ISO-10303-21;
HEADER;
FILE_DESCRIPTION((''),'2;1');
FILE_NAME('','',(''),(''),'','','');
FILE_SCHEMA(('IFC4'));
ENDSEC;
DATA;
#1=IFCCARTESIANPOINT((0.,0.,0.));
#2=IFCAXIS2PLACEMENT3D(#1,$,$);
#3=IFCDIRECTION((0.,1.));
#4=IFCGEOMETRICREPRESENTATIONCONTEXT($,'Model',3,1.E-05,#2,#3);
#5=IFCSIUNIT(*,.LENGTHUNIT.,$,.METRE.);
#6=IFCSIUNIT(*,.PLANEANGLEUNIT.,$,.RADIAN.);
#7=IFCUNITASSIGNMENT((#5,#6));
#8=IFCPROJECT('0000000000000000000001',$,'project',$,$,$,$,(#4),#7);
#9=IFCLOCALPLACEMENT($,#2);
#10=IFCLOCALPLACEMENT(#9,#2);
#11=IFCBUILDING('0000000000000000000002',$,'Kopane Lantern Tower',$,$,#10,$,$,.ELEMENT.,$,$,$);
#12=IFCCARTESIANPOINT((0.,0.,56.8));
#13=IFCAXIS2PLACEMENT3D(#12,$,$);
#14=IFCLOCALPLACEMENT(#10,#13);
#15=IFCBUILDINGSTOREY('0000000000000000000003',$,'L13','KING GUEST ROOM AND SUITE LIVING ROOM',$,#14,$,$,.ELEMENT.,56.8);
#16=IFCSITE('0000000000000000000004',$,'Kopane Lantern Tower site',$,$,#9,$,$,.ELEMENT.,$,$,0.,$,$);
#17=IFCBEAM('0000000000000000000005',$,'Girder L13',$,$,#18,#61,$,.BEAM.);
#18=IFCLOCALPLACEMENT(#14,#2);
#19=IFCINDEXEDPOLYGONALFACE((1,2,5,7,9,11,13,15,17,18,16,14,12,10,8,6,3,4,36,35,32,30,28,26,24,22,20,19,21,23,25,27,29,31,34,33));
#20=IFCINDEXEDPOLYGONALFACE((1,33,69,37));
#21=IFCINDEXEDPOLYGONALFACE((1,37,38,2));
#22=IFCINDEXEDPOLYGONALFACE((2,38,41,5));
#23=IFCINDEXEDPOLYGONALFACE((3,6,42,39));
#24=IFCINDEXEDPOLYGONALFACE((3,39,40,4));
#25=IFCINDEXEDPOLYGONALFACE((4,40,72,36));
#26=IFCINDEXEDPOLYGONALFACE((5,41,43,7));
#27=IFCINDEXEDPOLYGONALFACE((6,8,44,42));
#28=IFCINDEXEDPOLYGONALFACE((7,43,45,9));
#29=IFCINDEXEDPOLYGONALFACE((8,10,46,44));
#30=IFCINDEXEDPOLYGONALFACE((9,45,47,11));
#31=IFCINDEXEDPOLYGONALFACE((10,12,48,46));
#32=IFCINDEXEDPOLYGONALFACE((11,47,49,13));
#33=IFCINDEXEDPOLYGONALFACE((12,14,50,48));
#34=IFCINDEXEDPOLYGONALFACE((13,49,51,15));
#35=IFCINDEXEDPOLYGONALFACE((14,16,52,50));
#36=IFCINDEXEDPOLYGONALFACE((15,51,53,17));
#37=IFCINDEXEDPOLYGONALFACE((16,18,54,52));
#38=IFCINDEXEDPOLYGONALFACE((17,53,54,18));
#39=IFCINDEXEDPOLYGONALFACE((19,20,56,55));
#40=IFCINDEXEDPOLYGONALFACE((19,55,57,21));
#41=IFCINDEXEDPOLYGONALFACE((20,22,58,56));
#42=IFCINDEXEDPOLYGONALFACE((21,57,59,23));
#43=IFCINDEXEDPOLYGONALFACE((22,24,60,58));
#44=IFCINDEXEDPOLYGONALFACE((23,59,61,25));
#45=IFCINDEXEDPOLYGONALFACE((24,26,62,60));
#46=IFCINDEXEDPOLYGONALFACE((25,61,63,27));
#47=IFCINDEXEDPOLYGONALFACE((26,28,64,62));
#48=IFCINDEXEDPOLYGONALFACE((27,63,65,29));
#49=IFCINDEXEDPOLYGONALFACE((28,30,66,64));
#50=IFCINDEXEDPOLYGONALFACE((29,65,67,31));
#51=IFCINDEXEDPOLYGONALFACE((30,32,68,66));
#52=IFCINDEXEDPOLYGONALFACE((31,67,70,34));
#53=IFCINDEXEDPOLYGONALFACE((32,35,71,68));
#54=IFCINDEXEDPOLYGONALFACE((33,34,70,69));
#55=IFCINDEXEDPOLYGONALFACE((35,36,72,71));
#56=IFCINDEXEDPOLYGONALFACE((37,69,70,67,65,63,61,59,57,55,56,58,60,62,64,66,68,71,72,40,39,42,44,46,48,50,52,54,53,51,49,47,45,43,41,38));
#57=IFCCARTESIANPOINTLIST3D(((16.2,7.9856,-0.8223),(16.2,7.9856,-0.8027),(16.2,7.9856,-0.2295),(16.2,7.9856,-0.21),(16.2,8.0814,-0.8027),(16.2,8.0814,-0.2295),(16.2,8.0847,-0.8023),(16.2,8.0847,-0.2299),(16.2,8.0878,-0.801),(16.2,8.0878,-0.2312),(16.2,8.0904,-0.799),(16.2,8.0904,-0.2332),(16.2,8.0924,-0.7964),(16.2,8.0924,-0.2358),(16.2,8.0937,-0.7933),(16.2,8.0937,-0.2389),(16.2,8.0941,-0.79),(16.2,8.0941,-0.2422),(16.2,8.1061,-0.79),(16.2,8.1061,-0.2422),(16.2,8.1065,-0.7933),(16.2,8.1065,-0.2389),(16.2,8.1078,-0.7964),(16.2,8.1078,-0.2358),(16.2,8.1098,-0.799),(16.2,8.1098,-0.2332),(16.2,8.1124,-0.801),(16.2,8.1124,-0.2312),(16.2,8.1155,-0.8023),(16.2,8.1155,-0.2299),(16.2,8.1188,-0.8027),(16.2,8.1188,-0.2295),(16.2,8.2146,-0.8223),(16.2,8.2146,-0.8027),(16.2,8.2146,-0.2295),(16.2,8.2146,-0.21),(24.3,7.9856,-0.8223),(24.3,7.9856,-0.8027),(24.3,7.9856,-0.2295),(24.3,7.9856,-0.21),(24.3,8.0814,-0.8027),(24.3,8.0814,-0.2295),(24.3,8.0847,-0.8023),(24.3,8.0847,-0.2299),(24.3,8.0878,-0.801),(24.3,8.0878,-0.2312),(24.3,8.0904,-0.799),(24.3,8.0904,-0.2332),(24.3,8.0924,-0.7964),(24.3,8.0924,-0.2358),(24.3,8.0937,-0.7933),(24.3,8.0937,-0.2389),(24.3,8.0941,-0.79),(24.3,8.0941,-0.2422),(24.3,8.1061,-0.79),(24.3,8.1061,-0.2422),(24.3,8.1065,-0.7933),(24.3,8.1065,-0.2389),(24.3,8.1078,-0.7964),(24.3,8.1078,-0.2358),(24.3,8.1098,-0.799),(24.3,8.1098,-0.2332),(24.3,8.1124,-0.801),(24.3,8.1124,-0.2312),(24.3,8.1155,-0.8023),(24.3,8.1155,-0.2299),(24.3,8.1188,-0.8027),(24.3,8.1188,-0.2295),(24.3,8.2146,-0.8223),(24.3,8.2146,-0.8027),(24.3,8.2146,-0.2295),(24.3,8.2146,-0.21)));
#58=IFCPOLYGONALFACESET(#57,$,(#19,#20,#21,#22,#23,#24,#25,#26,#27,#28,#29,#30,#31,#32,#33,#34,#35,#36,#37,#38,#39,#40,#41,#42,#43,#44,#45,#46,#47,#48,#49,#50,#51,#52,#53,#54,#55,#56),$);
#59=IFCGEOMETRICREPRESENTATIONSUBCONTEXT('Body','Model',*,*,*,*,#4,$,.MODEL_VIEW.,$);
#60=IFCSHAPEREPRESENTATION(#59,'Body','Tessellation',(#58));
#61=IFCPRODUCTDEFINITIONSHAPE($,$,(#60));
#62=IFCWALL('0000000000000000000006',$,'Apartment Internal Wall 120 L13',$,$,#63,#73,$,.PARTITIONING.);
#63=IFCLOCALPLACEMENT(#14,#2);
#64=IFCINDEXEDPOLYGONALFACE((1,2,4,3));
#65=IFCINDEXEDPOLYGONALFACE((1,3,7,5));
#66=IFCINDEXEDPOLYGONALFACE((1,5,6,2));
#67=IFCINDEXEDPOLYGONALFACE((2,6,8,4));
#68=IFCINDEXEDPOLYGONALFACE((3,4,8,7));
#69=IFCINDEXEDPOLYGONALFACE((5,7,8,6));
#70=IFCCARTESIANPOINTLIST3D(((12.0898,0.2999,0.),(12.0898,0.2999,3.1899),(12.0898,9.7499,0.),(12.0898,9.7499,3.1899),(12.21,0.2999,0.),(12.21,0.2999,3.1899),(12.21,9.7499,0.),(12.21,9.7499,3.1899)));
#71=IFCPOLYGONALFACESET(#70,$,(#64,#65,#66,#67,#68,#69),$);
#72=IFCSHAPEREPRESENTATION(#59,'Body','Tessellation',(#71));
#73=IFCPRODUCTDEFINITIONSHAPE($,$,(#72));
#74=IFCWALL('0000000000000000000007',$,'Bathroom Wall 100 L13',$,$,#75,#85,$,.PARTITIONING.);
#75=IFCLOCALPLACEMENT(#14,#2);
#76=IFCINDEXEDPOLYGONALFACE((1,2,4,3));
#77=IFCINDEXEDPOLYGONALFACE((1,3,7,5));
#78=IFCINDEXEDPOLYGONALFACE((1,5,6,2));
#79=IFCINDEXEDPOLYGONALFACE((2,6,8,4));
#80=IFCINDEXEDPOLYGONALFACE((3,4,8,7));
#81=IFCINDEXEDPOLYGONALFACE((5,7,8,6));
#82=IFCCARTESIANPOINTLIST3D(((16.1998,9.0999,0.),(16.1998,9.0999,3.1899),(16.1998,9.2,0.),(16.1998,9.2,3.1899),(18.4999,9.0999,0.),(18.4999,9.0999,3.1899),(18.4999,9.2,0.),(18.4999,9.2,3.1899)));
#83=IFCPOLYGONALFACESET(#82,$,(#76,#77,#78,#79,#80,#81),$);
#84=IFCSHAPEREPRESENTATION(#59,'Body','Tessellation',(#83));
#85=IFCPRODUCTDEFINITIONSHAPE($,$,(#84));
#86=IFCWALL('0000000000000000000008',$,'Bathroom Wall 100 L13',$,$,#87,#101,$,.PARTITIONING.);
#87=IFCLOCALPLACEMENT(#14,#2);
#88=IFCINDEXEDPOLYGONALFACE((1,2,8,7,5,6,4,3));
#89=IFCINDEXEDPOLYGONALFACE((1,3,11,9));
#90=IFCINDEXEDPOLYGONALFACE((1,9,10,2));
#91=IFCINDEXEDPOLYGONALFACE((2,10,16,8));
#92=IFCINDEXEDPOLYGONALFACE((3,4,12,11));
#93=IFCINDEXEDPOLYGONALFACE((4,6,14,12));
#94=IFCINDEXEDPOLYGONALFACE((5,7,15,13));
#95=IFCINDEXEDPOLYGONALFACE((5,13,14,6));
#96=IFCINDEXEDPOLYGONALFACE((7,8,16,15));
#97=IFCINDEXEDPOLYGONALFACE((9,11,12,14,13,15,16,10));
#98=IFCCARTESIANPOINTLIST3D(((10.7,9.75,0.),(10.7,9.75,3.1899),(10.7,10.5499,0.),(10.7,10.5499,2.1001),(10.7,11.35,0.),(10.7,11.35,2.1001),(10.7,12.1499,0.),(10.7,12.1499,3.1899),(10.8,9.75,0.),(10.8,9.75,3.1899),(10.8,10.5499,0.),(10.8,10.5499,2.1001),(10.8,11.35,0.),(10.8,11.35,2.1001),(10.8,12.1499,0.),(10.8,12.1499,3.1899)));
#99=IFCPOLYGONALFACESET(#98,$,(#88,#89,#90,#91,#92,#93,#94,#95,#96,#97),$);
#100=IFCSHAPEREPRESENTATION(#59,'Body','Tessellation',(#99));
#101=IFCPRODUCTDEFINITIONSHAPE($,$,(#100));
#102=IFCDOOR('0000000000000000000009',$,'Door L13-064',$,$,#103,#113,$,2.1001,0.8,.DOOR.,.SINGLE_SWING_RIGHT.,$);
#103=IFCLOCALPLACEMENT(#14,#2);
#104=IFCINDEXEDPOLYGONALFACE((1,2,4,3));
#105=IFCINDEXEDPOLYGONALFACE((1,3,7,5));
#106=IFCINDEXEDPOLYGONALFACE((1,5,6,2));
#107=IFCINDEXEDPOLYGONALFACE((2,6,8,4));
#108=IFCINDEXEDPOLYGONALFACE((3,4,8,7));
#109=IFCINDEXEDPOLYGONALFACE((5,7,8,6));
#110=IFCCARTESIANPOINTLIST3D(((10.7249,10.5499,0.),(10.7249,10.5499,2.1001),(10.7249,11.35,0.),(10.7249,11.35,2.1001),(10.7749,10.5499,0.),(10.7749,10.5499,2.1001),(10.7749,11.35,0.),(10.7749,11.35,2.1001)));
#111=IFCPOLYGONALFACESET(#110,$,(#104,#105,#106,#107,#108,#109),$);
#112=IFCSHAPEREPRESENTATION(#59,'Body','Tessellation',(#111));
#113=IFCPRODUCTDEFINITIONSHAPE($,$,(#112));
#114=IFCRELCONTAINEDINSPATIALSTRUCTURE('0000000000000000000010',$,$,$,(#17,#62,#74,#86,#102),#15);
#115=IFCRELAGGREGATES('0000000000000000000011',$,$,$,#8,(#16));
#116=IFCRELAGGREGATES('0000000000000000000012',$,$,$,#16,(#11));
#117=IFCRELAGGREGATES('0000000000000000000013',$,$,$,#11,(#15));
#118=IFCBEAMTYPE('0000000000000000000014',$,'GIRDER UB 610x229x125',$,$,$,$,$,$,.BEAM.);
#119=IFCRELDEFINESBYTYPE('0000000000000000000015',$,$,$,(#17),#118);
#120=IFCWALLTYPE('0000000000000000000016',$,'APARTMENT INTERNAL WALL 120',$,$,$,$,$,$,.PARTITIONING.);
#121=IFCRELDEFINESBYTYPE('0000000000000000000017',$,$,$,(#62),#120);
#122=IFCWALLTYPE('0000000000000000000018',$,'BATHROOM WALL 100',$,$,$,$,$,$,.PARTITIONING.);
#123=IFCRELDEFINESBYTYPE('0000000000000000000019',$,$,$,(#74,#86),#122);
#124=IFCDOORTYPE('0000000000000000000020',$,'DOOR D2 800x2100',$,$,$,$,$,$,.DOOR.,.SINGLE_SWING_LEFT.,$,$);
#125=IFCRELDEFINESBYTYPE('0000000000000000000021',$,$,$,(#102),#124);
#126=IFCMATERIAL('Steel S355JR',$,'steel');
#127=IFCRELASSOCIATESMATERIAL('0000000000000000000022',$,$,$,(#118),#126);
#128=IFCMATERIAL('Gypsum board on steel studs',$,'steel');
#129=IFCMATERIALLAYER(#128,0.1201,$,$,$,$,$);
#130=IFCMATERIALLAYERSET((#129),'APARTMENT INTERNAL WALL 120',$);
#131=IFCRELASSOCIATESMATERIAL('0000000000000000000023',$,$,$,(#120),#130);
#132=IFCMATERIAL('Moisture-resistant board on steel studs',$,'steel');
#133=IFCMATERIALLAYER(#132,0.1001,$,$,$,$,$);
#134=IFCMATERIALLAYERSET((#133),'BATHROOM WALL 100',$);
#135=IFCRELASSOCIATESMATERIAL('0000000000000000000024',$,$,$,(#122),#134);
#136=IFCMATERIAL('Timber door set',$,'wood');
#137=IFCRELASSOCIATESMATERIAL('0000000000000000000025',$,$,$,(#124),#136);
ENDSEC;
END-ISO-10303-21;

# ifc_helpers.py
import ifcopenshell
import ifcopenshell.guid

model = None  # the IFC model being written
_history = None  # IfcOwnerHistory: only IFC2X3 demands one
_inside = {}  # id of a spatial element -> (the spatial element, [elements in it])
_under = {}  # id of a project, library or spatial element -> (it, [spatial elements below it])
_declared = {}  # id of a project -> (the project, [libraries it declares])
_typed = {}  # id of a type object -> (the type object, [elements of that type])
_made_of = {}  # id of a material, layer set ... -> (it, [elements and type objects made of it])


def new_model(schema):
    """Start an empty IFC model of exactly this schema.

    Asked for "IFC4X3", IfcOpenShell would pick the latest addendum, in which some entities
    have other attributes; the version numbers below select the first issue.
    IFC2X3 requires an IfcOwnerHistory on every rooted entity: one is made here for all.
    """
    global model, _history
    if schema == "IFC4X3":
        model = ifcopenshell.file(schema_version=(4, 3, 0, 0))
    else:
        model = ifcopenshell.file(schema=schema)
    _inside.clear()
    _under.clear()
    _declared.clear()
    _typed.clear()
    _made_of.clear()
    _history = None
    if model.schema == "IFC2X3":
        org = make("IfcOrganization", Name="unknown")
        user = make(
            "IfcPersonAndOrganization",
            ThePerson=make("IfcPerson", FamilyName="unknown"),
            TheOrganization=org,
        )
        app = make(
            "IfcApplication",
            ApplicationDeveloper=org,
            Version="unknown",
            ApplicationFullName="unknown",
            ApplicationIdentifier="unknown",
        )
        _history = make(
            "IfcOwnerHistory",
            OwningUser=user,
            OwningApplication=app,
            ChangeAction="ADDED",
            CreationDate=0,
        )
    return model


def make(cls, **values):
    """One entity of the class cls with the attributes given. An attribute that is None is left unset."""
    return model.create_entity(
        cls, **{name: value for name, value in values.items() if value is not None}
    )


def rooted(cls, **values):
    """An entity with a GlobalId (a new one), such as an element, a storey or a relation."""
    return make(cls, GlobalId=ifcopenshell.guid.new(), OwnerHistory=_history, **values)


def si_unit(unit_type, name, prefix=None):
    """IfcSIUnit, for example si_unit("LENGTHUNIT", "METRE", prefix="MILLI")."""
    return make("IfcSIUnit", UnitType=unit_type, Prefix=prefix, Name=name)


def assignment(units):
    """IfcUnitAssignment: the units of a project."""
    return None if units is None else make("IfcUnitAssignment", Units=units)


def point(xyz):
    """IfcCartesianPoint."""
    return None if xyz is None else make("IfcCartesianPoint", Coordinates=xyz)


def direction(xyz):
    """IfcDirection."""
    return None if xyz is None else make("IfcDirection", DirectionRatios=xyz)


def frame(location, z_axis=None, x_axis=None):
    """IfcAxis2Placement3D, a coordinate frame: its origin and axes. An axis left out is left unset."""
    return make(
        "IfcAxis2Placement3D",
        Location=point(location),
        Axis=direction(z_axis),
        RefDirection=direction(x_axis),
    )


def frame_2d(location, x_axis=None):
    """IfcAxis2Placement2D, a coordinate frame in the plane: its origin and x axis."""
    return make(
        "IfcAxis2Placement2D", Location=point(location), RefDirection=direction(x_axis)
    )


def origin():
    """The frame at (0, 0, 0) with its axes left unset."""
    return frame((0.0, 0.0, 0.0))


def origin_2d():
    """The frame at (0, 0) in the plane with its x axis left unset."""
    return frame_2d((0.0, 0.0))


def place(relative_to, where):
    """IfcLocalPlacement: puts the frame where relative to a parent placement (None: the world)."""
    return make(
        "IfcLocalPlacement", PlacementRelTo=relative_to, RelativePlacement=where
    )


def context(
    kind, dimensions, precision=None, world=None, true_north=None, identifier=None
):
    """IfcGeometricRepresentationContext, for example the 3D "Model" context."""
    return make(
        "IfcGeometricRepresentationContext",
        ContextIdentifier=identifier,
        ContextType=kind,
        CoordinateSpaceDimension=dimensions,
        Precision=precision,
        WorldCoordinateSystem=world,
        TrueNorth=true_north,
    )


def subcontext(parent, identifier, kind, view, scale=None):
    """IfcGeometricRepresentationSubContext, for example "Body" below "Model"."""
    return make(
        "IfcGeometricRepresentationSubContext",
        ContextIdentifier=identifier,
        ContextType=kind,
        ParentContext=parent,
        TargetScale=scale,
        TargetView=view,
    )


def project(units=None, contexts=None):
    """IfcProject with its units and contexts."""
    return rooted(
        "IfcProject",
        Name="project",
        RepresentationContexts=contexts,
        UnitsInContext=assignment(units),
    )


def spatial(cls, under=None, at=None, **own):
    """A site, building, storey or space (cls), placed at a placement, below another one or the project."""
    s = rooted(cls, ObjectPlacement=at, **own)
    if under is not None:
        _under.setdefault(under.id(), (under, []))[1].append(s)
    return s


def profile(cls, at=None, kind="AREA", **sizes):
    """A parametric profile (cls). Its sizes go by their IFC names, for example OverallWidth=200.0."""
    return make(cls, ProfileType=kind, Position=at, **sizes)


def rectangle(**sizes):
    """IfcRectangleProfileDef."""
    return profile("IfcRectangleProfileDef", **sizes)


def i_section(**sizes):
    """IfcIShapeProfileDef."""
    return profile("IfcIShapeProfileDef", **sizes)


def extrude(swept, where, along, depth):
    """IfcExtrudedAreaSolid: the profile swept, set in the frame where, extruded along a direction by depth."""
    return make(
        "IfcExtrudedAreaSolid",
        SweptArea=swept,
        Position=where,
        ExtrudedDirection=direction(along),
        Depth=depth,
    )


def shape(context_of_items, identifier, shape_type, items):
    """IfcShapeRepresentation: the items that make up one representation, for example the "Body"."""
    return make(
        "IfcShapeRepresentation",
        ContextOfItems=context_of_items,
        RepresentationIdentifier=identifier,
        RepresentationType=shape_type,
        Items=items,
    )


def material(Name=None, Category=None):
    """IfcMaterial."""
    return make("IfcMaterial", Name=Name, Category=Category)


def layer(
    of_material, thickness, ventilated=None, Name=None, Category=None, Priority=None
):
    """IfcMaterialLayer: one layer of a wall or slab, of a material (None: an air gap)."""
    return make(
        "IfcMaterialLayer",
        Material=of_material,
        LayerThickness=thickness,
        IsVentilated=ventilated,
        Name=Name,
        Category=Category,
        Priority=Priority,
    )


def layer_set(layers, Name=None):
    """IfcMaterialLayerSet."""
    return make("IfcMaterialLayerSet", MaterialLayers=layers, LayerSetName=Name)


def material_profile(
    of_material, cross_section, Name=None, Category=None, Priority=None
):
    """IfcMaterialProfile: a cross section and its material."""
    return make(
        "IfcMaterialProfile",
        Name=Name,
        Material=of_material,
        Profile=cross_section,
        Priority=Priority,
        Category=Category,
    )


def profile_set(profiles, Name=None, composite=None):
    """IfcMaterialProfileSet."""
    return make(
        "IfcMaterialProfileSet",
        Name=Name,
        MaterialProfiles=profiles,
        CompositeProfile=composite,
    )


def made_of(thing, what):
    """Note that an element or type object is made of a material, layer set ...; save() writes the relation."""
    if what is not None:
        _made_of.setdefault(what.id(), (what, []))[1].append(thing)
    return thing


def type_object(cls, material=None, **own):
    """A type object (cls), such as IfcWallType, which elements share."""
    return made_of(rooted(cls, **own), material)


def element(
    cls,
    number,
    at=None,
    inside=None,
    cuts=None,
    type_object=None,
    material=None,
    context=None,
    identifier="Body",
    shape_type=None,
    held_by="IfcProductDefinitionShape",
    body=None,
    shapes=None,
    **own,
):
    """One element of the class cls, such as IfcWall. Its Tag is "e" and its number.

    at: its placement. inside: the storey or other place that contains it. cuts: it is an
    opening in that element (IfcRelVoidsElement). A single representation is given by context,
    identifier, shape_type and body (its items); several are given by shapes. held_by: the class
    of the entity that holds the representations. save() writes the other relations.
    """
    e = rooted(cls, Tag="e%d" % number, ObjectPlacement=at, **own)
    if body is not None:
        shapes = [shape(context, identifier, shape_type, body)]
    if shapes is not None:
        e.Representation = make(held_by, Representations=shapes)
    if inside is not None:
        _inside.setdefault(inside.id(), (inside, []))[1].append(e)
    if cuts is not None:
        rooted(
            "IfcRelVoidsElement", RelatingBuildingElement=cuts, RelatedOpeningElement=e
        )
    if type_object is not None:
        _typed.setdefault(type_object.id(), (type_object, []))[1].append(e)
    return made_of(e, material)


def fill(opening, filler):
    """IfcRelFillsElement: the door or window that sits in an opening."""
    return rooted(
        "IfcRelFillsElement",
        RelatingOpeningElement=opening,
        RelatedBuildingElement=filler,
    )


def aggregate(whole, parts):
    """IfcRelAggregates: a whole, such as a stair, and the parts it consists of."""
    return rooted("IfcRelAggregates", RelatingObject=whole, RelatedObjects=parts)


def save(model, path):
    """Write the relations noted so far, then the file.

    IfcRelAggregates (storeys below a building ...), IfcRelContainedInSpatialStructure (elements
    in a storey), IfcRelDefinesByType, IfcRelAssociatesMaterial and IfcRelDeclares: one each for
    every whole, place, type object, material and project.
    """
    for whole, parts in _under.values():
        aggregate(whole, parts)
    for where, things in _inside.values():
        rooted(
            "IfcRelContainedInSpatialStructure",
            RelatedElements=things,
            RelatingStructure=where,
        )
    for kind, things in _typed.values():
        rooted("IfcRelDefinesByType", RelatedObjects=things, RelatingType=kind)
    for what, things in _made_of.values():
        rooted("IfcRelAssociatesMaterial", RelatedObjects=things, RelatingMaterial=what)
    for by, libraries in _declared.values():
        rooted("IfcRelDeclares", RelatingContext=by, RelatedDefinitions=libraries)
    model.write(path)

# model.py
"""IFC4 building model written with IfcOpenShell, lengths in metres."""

from ifc_helpers import new_model, si_unit, direction, frame, frame_2d, origin, origin_2d, place, context, subcontext, project, spatial, rectangle, i_section, extrude, material, layer, layer_set, material_profile, profile_set, type_object, element, fill, save


model = new_model("IFC4")

# Units and contexts
model_context = context("Model", 3, precision=1e-05, world=origin(), true_north=direction((0.0, 1.0)))
body_context = subcontext(model_context, "Body", "Model", "MODEL_VIEW")
ifc_project = project(units=[si_unit("LENGTHUNIT", "METRE"), si_unit("PLANEANGLEUNIT", "RADIAN")], contexts=[model_context])

# Site, building, storey
site_placement = place(None, origin())
site = spatial("IfcSite", under=ifc_project, at=site_placement, Name="Kopane Lantern Tower site", CompositionType="ELEMENT", RefElevation=0.0)
building_placement = place(site_placement, origin())
building = spatial("IfcBuilding", under=site, at=building_placement, Name="Kopane Lantern Tower", CompositionType="ELEMENT")
storey_placement = place(building_placement, frame((0.0, 0.0, 56.8)))
storey = spatial("IfcBuildingStorey", under=building, at=storey_placement, Name="L13", Description="KING GUEST ROOM AND SUITE LIVING ROOM", CompositionType="ELEMENT", Elevation=56.8)

# Beam
ifc_material_1 = material(Name="Steel S355JR", Category="steel")
ifc_material_profile = material_profile(ifc_material_1, i_section(OverallWidth=0.229, OverallDepth=0.6123, WebThickness=0.012, FlangeThickness=0.0195, FilletRadius=0.0127, at=origin_2d()), Name="UB 610x229x125")
ifc_profile_set = profile_set([ifc_material_profile], Name="Steel S355JR")
beam_type = type_object("IfcBeamType", Name="GIRDER UB 610x229x125", PredefinedType="BEAM", material=ifc_profile_set)
beam_placement = place(storey_placement, frame((16.2, 8.1001, -0.5161), z_axis=(1.0, 0.0, 0.0), x_axis=(0.0, 1.0, 0.0)))
element("IfcBeam", 1, at=beam_placement, inside=storey, type_object=beam_type, Name="Girder L13", PredefinedType="BEAM", context=body_context, shape_type="SweptSolid", body=[
    extrude(i_section(OverallWidth=0.229, OverallDepth=0.6123, WebThickness=0.012, FlangeThickness=0.0195, FilletRadius=0.0127, at=origin_2d()), origin(), (0.0, 0.0, 1.0), 8.1001),
])

# Walls
ifc_material_2 = material(Name="Gypsum board on steel studs", Category="steel")
ifc_layer_1 = layer(ifc_material_2, 0.1201)
ifc_layer_set_1 = layer_set([ifc_layer_1], Name="APARTMENT INTERNAL WALL 120")
wall_type_1 = type_object("IfcWallType", Name="APARTMENT INTERNAL WALL 120", PredefinedType="PARTITIONING", material=ifc_layer_set_1)
wall_1_placement = place(storey_placement, frame((12.1499, 9.75, 0.0), z_axis=(0.0, 0.0, 1.0), x_axis=(0.0, -1.0, 0.0)))
element("IfcWall", 2, at=wall_1_placement, inside=storey, type_object=wall_type_1, Name="Apartment Internal Wall 120 L13", PredefinedType="PARTITIONING", context=body_context, shape_type="SweptSolid", body=[
    extrude(rectangle(XDim=9.45, YDim=0.1201, at=frame_2d((4.7251, 0.0))), origin(), (0.0, 0.0, 1.0), 3.1899),
])
ifc_material_3 = material(Name="Moisture-resistant board on steel studs", Category="steel")
ifc_layer_2 = layer(ifc_material_3, 0.1001)
ifc_layer_set_2 = layer_set([ifc_layer_2], Name="BATHROOM WALL 100")
wall_type_2 = type_object("IfcWallType", Name="BATHROOM WALL 100", PredefinedType="PARTITIONING", material=ifc_layer_set_2)
wall_2_placement = place(storey_placement, frame((16.2, 9.1499, 0.0), z_axis=(0.0, 0.0, 1.0), x_axis=(1.0, 0.0, 0.0)))
element("IfcWall", 3, at=wall_2_placement, inside=storey, type_object=wall_type_2, Name="Bathroom Wall 100 L13", PredefinedType="PARTITIONING", context=body_context, shape_type="SweptSolid", body=[
    extrude(rectangle(XDim=2.3, YDim=0.1001, at=frame_2d((1.1499, 0.0))), origin(), (0.0, 0.0, 1.0), 3.1899),
])

# Wall, opening, door
wall_3_placement = place(storey_placement, frame((10.75, 12.1499, 0.0), z_axis=(0.0, 0.0, 1.0), x_axis=(0.0, -1.0, 0.0)))
wall_3 = element("IfcWall", 4, at=wall_3_placement, inside=storey, type_object=wall_type_2, Name="Bathroom Wall 100 L13", PredefinedType="PARTITIONING", context=body_context, shape_type="SweptSolid", body=[
    extrude(rectangle(XDim=2.3999, YDim=0.1001, at=frame_2d((1.2, 0.0))), origin(), (0.0, 0.0, 1.0), 3.1899),
])
opening_1_placement = place(wall_3_placement, frame((0.8, 0.0, 0.0)))
opening_1 = element("IfcOpeningElement", 5, at=opening_1_placement, cuts=wall_3, PredefinedType="OPENING", context=body_context, shape_type="SweptSolid", body=[
    extrude(rectangle(XDim=0.8, YDim=2.1001, at=frame_2d((0.3999, 1.05))), frame((0.0, 0.0601, 0.0), z_axis=(0.0, -1.0, 0.0), x_axis=(1.0, 0.0, 0.0)), (0.0, 0.0, 1.0), 0.1201),
])
ifc_material_4 = material(Name="Timber door set", Category="wood")
door_type_1 = type_object("IfcDoorType", Name="DOOR D2 800x2100", OperationType="SINGLE_SWING_LEFT", PredefinedType="DOOR", material=ifc_material_4)
door_1_placement = place(opening_1_placement, origin())
door_1 = element("IfcDoor", 6, at=door_1_placement, inside=storey, type_object=door_type_1, Name="Door L13-064", OperationType="SINGLE_SWING_RIGHT", OverallHeight=2.1001, OverallWidth=0.8, PredefinedType="DOOR", context=body_context, shape_type="SweptSolid", body=[
    extrude(rectangle(XDim=0.8, YDim=2.1001, at=frame_2d((0.3999, 1.05))), frame((0.0, 0.0249, 0.0), z_axis=(0.0, -1.0, 0.0), x_axis=(1.0, 0.0, 0.0)), (0.0, 0.0, 1.0), 0.05),
])
fill(opening_1, door_1)

save(model, "model.ifc")
